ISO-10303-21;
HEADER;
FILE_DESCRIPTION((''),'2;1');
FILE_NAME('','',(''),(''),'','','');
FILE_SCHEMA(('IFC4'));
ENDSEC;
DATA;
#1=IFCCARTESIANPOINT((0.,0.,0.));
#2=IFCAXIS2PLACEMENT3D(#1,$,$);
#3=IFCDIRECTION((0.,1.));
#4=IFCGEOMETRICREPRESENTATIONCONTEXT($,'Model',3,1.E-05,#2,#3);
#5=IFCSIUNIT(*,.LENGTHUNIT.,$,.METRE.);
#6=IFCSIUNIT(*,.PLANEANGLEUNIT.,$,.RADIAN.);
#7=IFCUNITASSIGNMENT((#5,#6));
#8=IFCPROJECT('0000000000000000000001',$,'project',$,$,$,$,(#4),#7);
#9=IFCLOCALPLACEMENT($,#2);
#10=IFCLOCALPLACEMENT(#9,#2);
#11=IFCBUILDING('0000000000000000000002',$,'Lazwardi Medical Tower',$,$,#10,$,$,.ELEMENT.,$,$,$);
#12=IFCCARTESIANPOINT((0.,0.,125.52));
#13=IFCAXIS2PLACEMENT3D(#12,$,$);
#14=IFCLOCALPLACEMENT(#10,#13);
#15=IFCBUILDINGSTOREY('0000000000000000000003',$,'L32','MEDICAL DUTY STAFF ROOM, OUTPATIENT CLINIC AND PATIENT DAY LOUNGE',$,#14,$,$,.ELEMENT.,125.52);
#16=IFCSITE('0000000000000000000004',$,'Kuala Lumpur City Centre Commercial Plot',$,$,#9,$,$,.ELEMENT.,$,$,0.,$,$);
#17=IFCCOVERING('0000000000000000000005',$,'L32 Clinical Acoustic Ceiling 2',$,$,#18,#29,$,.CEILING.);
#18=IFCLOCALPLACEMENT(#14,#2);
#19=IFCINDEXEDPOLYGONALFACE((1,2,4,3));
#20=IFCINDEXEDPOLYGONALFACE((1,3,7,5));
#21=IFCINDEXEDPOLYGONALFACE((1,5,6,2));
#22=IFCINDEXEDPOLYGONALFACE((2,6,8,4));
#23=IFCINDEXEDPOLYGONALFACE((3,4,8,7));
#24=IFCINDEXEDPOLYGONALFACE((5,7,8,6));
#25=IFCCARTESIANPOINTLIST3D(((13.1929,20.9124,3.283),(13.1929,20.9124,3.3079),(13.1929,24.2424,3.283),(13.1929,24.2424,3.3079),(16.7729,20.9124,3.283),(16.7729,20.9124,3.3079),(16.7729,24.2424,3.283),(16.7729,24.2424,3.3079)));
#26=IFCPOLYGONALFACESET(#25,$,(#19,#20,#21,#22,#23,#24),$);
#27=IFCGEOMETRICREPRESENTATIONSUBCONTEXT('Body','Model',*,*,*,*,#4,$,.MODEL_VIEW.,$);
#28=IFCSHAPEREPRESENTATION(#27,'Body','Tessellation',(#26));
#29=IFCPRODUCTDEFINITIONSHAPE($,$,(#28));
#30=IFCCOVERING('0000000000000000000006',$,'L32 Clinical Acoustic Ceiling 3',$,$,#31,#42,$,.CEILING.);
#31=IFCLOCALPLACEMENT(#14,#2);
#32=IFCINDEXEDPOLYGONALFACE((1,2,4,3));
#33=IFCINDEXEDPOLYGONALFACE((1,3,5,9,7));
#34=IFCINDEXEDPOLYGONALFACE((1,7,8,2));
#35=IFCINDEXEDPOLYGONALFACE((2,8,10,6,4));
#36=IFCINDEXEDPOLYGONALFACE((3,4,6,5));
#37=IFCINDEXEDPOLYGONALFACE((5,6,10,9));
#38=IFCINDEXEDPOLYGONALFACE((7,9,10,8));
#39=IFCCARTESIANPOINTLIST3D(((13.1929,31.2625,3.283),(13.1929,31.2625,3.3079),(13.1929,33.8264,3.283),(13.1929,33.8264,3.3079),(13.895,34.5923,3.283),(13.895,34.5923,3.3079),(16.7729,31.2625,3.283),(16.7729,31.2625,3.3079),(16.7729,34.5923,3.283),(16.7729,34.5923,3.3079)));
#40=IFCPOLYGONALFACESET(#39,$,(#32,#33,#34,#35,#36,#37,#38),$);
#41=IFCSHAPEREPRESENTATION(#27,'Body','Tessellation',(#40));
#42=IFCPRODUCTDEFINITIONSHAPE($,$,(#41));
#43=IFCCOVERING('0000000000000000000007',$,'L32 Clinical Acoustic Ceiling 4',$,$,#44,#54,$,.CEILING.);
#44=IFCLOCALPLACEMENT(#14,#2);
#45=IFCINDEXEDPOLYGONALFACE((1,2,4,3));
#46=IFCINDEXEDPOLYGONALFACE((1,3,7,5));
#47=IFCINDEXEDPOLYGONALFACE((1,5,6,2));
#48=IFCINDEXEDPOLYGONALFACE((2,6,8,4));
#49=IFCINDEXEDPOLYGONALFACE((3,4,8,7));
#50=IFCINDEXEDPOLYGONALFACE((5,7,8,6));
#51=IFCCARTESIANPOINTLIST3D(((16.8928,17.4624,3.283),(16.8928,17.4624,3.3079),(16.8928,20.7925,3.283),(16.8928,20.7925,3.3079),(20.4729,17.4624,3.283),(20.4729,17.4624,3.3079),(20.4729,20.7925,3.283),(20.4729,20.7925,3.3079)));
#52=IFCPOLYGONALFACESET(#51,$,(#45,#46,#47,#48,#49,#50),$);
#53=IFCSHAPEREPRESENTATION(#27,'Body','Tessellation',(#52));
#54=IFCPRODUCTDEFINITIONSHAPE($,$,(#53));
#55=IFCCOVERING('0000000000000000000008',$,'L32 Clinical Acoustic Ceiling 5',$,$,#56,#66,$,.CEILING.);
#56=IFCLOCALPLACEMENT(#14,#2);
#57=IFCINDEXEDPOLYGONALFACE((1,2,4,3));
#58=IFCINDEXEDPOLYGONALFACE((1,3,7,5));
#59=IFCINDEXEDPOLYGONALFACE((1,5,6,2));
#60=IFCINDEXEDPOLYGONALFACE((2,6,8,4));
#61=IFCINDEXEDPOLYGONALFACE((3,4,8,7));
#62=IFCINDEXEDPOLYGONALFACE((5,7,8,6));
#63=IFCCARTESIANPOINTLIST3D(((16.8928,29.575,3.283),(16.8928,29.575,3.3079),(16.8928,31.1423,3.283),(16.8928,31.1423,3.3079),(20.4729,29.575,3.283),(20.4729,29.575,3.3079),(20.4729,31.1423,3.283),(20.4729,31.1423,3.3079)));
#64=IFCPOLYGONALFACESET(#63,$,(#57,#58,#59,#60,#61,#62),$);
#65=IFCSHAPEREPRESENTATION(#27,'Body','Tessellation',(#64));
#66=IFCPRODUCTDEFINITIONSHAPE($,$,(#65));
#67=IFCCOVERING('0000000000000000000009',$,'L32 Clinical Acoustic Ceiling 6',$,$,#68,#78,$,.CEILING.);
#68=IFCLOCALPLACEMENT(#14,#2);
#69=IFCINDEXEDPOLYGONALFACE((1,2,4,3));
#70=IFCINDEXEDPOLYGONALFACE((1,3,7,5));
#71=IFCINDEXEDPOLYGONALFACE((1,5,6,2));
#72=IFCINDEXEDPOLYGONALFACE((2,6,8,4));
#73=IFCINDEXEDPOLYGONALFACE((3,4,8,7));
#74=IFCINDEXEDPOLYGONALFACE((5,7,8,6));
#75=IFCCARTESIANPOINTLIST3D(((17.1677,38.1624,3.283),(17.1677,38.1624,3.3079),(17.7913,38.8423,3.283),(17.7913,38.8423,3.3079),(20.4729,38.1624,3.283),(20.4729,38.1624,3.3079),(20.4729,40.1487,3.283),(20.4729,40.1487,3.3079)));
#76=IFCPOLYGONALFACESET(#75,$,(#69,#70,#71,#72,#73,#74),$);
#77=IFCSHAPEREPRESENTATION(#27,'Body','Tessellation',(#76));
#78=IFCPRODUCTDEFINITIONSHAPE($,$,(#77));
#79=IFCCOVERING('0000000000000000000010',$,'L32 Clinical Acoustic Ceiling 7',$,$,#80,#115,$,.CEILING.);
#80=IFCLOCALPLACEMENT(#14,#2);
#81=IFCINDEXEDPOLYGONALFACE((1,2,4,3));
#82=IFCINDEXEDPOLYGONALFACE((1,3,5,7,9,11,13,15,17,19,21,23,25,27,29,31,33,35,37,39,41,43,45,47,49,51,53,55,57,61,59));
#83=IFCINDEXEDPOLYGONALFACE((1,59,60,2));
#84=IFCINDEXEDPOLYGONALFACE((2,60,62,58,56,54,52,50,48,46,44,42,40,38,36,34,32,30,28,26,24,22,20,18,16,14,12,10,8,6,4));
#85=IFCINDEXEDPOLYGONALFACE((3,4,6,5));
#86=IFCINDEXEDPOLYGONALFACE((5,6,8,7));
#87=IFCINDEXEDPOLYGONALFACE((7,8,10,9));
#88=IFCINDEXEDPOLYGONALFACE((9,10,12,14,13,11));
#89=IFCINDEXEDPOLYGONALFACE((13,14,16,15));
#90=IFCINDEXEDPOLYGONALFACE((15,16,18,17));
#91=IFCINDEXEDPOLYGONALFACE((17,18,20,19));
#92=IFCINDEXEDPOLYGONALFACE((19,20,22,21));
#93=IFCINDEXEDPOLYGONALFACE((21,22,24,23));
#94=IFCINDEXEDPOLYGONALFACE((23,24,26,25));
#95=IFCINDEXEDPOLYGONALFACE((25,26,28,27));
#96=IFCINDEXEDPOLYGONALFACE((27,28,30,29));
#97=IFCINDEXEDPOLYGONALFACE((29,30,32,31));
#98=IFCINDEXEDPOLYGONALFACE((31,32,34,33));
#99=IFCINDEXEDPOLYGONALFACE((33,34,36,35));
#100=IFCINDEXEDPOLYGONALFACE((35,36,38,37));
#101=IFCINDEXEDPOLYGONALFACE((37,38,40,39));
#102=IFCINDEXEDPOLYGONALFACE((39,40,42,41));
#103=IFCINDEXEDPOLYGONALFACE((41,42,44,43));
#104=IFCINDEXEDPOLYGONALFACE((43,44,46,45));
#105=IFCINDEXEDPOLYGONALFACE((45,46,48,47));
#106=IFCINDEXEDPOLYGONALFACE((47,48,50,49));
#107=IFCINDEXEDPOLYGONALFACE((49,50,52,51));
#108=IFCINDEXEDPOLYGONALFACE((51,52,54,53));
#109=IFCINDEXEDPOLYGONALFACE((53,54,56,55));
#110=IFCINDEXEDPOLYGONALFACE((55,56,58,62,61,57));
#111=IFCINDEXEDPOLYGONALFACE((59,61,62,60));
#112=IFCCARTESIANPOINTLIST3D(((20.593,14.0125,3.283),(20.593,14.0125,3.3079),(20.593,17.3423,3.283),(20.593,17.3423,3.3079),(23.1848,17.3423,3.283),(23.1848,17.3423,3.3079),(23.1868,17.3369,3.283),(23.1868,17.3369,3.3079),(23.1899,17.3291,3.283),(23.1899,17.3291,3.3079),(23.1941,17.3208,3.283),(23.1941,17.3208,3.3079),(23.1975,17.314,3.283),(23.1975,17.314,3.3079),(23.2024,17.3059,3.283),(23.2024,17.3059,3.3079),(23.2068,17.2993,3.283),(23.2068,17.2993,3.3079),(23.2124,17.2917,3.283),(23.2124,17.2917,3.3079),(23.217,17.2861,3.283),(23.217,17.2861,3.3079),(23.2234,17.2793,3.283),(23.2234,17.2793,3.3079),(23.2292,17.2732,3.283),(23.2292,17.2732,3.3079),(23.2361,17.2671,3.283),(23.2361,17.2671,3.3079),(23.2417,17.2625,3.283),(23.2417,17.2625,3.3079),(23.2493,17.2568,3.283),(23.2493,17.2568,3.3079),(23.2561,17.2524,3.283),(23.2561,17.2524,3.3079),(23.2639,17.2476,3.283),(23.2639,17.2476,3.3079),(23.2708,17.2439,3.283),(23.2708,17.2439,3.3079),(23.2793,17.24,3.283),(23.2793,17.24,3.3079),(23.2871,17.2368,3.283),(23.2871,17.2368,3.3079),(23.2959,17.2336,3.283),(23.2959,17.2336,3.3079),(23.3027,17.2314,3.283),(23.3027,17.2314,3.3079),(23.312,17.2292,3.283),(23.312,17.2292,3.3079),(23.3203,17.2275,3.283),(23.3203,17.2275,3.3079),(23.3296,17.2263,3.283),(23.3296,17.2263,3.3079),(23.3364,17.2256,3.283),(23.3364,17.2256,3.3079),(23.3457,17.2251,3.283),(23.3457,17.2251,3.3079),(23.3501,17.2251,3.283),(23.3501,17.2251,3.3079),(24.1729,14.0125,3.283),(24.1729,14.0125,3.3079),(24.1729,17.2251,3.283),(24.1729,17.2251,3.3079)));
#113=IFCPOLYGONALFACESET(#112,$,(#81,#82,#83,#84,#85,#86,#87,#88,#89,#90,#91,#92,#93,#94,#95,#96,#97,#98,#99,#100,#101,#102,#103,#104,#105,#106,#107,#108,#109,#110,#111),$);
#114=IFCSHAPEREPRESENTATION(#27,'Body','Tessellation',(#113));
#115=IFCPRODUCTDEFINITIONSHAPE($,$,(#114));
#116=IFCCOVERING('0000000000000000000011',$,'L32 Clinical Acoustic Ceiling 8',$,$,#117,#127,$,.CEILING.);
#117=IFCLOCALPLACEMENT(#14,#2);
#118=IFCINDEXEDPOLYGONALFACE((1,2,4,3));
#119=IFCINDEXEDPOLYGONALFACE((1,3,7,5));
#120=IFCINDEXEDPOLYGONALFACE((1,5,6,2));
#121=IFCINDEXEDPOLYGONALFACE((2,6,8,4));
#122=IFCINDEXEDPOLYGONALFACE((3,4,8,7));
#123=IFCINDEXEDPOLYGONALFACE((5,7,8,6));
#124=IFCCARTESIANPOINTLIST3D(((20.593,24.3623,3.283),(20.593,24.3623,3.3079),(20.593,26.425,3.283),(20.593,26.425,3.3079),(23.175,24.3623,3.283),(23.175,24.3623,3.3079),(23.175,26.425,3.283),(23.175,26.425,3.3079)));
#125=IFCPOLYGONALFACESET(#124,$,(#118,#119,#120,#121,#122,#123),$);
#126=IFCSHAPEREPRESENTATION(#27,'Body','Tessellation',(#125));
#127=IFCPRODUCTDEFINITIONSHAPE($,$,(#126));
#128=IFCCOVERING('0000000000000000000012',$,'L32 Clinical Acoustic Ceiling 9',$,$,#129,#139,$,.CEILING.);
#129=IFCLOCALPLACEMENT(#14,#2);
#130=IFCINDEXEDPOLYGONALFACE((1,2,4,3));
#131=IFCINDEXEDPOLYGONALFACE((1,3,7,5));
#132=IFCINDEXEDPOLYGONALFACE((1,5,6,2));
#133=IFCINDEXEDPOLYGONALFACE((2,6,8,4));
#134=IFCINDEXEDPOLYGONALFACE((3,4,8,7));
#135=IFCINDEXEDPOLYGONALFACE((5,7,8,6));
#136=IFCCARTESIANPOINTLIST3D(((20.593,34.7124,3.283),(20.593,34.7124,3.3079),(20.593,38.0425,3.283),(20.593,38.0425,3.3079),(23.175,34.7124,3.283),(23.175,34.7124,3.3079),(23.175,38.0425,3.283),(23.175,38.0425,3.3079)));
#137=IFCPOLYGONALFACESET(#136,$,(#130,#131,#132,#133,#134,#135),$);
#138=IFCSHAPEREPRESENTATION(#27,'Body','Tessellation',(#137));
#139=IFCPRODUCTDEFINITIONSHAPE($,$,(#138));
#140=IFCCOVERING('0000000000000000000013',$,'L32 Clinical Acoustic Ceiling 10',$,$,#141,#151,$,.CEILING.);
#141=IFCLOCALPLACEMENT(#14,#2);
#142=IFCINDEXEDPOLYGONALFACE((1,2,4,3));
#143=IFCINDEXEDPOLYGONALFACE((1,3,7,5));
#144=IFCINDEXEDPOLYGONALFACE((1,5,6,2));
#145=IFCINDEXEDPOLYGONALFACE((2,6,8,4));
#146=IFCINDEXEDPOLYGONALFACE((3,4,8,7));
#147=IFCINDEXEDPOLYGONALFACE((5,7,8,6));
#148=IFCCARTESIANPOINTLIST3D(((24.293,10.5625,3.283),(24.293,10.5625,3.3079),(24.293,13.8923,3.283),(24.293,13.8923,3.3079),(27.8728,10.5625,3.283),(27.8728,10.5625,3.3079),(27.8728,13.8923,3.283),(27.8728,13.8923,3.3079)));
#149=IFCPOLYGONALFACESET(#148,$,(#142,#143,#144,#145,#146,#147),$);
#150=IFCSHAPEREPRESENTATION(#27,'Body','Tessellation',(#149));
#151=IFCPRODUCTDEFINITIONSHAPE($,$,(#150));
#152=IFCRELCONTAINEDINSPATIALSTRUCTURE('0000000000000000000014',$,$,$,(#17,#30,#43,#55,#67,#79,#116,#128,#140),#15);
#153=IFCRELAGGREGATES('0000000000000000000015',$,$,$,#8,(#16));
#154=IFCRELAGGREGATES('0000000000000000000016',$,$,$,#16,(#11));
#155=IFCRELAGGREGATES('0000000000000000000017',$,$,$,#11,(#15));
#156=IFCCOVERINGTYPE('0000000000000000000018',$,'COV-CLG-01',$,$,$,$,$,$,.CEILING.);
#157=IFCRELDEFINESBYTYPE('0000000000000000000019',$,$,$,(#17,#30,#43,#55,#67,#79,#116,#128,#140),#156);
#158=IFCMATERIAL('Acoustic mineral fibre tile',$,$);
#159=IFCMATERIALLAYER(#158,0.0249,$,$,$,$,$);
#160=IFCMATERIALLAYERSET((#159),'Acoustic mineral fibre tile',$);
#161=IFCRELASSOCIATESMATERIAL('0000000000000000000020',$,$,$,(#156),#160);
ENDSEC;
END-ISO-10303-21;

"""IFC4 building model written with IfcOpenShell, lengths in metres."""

from ifc_helpers import new_model, si_unit, direction, frame, origin, place, context, subcontext, project, spatial, polyline, outline, extrude, material, layer, layer_set, type_object, element, save


model = new_model("IFC4")

# Units and contexts
model_context = context("Model", 3, precision=1e-05, world=origin(), true_north=direction((0.0, 1.0)))
body_context = subcontext(model_context, "Body", "Model", "MODEL_VIEW")
ifc_project = project(units=[si_unit("LENGTHUNIT", "METRE"), si_unit("PLANEANGLEUNIT", "RADIAN")], contexts=[model_context])

# Site, building, storey
site_placement = place(None, origin())
site = spatial("IfcSite", under=ifc_project, at=site_placement, Name="Kuala Lumpur City Centre Commercial Plot", CompositionType="ELEMENT", RefElevation=0.0)
building_placement = place(site_placement, origin())
building = spatial("IfcBuilding", under=site, at=building_placement, Name="Lazwardi Medical Tower", CompositionType="ELEMENT")
storey_placement = place(building_placement, frame((0.0, 0.0, 125.52)))
storey = spatial("IfcBuildingStorey", under=building, at=storey_placement, Name="L32", Description="MEDICAL DUTY STAFF ROOM, OUTPATIENT CLINIC AND PATIENT DAY LOUNGE", CompositionType="ELEMENT", Elevation=125.52)

# Coverings
ifc_material_1 = material(Name="Acoustic mineral fibre tile")
ifc_layer_1 = layer(ifc_material_1, 0.0249)
ifc_layer_set_1 = layer_set([ifc_layer_1], Name="Acoustic mineral fibre tile")
covering_type_1 = type_object("IfcCoveringType", Name="COV-CLG-01", PredefinedType="CEILING", material=ifc_layer_set_1)
covering_1_placement = place(storey_placement, frame((0.0, 0.0, 3.283)))
element("IfcCovering", 1, at=covering_1_placement, inside=storey, type_object=covering_type_1, Name="L32 Clinical Acoustic Ceiling 2", PredefinedType="CEILING", context=body_context, shape_type="SweptSolid", body=[
    extrude(outline(polyline([(16.7729, 20.9124), (16.7729, 24.2424), (13.1929, 24.2424), (13.1929, 20.9124), (16.7729, 20.9124)])), origin(), (0.0, 0.0, 1.0), 0.0249),
])
covering_2_placement = place(storey_placement, frame((0.0, 0.0, 3.283)))
element("IfcCovering", 2, at=covering_2_placement, inside=storey, type_object=covering_type_1, Name="L32 Clinical Acoustic Ceiling 3", PredefinedType="CEILING", context=body_context, shape_type="SweptSolid", body=[
    extrude(outline(polyline([(13.895, 34.5923), (13.1929, 33.8264), (13.1929, 31.2625), (16.7729, 31.2625), (16.7729, 34.5923), (13.895, 34.5923)])), origin(), (0.0, 0.0, 1.0), 0.0249),
])
covering_3_placement = place(storey_placement, frame((0.0, 0.0, 3.283)))
element("IfcCovering", 3, at=covering_3_placement, inside=storey, type_object=covering_type_1, Name="L32 Clinical Acoustic Ceiling 4", PredefinedType="CEILING", context=body_context, shape_type="SweptSolid", body=[
    extrude(outline(polyline([(20.4729, 17.4624), (20.4729, 20.7925), (16.8928, 20.7925), (16.8928, 17.4624), (20.4729, 17.4624)])), origin(), (0.0, 0.0, 1.0), 0.0249),
])
covering_4_placement = place(storey_placement, frame((0.0, 0.0, 3.283)))
element("IfcCovering", 4, at=covering_4_placement, inside=storey, type_object=covering_type_1, Name="L32 Clinical Acoustic Ceiling 5", PredefinedType="CEILING", context=body_context, shape_type="SweptSolid", body=[
    extrude(outline(polyline([(16.8928, 29.575), (20.4729, 29.575), (20.4729, 31.1423), (16.8928, 31.1423), (16.8928, 29.575)])), origin(), (0.0, 0.0, 1.0), 0.0249),
])
covering_5_placement = place(storey_placement, frame((0.0, 0.0, 3.283)))
element("IfcCovering", 5, at=covering_5_placement, inside=storey, type_object=covering_type_1, Name="L32 Clinical Acoustic Ceiling 6", PredefinedType="CEILING", context=body_context, shape_type="SweptSolid", body=[
    extrude(outline(polyline([(20.4729, 40.1487), (17.7913, 38.8423), (17.1677, 38.1624), (20.4729, 38.1624), (20.4729, 40.1487)])), origin(), (0.0, 0.0, 1.0), 0.0249),
])
covering_6_placement = place(storey_placement, frame((0.0, 0.0, 3.283)))
element("IfcCovering", 6, at=covering_6_placement, inside=storey, type_object=covering_type_1, Name="L32 Clinical Acoustic Ceiling 7", PredefinedType="CEILING", context=body_context, shape_type="SweptSolid", body=[
    extrude(outline(polyline([(24.1729, 17.2251), (23.3501, 17.2251), (23.3457, 17.2251), (23.3364, 17.2256), (23.3296, 17.2263), (23.3203, 17.2275), (23.312, 17.2292), (23.3027, 17.2314), (23.2959, 17.2336), (23.2871, 17.2368), (23.2793, 17.24), (23.2708, 17.2439), (23.2639, 17.2476), (23.2561, 17.2524), (23.2493, 17.2568), (23.2417, 17.2625), (23.2361, 17.2671), (23.2292, 17.2732), (23.2234, 17.2793), (23.217, 17.2861), (23.2124, 17.2917), (23.2068, 17.2993), (23.2024, 17.3059), (23.1975, 17.314), (23.1941, 17.3208), (23.1899, 17.3291), (23.1868, 17.3369), (23.1848, 17.3423), (20.593, 17.3423), (20.593, 14.0125), (24.1729, 14.0125), (24.1729, 17.2251)])), origin(), (0.0, 0.0, 1.0), 0.0249),
])
covering_7_placement = place(storey_placement, frame((0.0, 0.0, 3.283)))
element("IfcCovering", 7, at=covering_7_placement, inside=storey, type_object=covering_type_1, Name="L32 Clinical Acoustic Ceiling 8", PredefinedType="CEILING", context=body_context, shape_type="SweptSolid", body=[
    extrude(outline(polyline([(23.175, 24.3623), (23.175, 26.425), (20.593, 26.425), (20.593, 24.3623), (23.175, 24.3623)])), origin(), (0.0, 0.0, 1.0), 0.0249),
])
covering_8_placement = place(storey_placement, frame((0.0, 0.0, 3.283)))
element("IfcCovering", 8, at=covering_8_placement, inside=storey, type_object=covering_type_1, Name="L32 Clinical Acoustic Ceiling 9", PredefinedType="CEILING", context=body_context, shape_type="SweptSolid", body=[
    extrude(outline(polyline([(23.175, 34.7124), (23.175, 38.0425), (20.593, 38.0425), (20.593, 34.7124), (23.175, 34.7124)])), origin(), (0.0, 0.0, 1.0), 0.0249),
])
covering_9_placement = place(storey_placement, frame((0.0, 0.0, 3.283)))
element("IfcCovering", 9, at=covering_9_placement, inside=storey, type_object=covering_type_1, Name="L32 Clinical Acoustic Ceiling 10", PredefinedType="CEILING", context=body_context, shape_type="SweptSolid", body=[
    extrude(outline(polyline([(27.8728, 10.5625), (27.8728, 13.8923), (24.293, 13.8923), (24.293, 10.5625), (27.8728, 10.5625)])), origin(), (0.0, 0.0, 1.0), 0.0249),
])

save(model, "model.ifc")
